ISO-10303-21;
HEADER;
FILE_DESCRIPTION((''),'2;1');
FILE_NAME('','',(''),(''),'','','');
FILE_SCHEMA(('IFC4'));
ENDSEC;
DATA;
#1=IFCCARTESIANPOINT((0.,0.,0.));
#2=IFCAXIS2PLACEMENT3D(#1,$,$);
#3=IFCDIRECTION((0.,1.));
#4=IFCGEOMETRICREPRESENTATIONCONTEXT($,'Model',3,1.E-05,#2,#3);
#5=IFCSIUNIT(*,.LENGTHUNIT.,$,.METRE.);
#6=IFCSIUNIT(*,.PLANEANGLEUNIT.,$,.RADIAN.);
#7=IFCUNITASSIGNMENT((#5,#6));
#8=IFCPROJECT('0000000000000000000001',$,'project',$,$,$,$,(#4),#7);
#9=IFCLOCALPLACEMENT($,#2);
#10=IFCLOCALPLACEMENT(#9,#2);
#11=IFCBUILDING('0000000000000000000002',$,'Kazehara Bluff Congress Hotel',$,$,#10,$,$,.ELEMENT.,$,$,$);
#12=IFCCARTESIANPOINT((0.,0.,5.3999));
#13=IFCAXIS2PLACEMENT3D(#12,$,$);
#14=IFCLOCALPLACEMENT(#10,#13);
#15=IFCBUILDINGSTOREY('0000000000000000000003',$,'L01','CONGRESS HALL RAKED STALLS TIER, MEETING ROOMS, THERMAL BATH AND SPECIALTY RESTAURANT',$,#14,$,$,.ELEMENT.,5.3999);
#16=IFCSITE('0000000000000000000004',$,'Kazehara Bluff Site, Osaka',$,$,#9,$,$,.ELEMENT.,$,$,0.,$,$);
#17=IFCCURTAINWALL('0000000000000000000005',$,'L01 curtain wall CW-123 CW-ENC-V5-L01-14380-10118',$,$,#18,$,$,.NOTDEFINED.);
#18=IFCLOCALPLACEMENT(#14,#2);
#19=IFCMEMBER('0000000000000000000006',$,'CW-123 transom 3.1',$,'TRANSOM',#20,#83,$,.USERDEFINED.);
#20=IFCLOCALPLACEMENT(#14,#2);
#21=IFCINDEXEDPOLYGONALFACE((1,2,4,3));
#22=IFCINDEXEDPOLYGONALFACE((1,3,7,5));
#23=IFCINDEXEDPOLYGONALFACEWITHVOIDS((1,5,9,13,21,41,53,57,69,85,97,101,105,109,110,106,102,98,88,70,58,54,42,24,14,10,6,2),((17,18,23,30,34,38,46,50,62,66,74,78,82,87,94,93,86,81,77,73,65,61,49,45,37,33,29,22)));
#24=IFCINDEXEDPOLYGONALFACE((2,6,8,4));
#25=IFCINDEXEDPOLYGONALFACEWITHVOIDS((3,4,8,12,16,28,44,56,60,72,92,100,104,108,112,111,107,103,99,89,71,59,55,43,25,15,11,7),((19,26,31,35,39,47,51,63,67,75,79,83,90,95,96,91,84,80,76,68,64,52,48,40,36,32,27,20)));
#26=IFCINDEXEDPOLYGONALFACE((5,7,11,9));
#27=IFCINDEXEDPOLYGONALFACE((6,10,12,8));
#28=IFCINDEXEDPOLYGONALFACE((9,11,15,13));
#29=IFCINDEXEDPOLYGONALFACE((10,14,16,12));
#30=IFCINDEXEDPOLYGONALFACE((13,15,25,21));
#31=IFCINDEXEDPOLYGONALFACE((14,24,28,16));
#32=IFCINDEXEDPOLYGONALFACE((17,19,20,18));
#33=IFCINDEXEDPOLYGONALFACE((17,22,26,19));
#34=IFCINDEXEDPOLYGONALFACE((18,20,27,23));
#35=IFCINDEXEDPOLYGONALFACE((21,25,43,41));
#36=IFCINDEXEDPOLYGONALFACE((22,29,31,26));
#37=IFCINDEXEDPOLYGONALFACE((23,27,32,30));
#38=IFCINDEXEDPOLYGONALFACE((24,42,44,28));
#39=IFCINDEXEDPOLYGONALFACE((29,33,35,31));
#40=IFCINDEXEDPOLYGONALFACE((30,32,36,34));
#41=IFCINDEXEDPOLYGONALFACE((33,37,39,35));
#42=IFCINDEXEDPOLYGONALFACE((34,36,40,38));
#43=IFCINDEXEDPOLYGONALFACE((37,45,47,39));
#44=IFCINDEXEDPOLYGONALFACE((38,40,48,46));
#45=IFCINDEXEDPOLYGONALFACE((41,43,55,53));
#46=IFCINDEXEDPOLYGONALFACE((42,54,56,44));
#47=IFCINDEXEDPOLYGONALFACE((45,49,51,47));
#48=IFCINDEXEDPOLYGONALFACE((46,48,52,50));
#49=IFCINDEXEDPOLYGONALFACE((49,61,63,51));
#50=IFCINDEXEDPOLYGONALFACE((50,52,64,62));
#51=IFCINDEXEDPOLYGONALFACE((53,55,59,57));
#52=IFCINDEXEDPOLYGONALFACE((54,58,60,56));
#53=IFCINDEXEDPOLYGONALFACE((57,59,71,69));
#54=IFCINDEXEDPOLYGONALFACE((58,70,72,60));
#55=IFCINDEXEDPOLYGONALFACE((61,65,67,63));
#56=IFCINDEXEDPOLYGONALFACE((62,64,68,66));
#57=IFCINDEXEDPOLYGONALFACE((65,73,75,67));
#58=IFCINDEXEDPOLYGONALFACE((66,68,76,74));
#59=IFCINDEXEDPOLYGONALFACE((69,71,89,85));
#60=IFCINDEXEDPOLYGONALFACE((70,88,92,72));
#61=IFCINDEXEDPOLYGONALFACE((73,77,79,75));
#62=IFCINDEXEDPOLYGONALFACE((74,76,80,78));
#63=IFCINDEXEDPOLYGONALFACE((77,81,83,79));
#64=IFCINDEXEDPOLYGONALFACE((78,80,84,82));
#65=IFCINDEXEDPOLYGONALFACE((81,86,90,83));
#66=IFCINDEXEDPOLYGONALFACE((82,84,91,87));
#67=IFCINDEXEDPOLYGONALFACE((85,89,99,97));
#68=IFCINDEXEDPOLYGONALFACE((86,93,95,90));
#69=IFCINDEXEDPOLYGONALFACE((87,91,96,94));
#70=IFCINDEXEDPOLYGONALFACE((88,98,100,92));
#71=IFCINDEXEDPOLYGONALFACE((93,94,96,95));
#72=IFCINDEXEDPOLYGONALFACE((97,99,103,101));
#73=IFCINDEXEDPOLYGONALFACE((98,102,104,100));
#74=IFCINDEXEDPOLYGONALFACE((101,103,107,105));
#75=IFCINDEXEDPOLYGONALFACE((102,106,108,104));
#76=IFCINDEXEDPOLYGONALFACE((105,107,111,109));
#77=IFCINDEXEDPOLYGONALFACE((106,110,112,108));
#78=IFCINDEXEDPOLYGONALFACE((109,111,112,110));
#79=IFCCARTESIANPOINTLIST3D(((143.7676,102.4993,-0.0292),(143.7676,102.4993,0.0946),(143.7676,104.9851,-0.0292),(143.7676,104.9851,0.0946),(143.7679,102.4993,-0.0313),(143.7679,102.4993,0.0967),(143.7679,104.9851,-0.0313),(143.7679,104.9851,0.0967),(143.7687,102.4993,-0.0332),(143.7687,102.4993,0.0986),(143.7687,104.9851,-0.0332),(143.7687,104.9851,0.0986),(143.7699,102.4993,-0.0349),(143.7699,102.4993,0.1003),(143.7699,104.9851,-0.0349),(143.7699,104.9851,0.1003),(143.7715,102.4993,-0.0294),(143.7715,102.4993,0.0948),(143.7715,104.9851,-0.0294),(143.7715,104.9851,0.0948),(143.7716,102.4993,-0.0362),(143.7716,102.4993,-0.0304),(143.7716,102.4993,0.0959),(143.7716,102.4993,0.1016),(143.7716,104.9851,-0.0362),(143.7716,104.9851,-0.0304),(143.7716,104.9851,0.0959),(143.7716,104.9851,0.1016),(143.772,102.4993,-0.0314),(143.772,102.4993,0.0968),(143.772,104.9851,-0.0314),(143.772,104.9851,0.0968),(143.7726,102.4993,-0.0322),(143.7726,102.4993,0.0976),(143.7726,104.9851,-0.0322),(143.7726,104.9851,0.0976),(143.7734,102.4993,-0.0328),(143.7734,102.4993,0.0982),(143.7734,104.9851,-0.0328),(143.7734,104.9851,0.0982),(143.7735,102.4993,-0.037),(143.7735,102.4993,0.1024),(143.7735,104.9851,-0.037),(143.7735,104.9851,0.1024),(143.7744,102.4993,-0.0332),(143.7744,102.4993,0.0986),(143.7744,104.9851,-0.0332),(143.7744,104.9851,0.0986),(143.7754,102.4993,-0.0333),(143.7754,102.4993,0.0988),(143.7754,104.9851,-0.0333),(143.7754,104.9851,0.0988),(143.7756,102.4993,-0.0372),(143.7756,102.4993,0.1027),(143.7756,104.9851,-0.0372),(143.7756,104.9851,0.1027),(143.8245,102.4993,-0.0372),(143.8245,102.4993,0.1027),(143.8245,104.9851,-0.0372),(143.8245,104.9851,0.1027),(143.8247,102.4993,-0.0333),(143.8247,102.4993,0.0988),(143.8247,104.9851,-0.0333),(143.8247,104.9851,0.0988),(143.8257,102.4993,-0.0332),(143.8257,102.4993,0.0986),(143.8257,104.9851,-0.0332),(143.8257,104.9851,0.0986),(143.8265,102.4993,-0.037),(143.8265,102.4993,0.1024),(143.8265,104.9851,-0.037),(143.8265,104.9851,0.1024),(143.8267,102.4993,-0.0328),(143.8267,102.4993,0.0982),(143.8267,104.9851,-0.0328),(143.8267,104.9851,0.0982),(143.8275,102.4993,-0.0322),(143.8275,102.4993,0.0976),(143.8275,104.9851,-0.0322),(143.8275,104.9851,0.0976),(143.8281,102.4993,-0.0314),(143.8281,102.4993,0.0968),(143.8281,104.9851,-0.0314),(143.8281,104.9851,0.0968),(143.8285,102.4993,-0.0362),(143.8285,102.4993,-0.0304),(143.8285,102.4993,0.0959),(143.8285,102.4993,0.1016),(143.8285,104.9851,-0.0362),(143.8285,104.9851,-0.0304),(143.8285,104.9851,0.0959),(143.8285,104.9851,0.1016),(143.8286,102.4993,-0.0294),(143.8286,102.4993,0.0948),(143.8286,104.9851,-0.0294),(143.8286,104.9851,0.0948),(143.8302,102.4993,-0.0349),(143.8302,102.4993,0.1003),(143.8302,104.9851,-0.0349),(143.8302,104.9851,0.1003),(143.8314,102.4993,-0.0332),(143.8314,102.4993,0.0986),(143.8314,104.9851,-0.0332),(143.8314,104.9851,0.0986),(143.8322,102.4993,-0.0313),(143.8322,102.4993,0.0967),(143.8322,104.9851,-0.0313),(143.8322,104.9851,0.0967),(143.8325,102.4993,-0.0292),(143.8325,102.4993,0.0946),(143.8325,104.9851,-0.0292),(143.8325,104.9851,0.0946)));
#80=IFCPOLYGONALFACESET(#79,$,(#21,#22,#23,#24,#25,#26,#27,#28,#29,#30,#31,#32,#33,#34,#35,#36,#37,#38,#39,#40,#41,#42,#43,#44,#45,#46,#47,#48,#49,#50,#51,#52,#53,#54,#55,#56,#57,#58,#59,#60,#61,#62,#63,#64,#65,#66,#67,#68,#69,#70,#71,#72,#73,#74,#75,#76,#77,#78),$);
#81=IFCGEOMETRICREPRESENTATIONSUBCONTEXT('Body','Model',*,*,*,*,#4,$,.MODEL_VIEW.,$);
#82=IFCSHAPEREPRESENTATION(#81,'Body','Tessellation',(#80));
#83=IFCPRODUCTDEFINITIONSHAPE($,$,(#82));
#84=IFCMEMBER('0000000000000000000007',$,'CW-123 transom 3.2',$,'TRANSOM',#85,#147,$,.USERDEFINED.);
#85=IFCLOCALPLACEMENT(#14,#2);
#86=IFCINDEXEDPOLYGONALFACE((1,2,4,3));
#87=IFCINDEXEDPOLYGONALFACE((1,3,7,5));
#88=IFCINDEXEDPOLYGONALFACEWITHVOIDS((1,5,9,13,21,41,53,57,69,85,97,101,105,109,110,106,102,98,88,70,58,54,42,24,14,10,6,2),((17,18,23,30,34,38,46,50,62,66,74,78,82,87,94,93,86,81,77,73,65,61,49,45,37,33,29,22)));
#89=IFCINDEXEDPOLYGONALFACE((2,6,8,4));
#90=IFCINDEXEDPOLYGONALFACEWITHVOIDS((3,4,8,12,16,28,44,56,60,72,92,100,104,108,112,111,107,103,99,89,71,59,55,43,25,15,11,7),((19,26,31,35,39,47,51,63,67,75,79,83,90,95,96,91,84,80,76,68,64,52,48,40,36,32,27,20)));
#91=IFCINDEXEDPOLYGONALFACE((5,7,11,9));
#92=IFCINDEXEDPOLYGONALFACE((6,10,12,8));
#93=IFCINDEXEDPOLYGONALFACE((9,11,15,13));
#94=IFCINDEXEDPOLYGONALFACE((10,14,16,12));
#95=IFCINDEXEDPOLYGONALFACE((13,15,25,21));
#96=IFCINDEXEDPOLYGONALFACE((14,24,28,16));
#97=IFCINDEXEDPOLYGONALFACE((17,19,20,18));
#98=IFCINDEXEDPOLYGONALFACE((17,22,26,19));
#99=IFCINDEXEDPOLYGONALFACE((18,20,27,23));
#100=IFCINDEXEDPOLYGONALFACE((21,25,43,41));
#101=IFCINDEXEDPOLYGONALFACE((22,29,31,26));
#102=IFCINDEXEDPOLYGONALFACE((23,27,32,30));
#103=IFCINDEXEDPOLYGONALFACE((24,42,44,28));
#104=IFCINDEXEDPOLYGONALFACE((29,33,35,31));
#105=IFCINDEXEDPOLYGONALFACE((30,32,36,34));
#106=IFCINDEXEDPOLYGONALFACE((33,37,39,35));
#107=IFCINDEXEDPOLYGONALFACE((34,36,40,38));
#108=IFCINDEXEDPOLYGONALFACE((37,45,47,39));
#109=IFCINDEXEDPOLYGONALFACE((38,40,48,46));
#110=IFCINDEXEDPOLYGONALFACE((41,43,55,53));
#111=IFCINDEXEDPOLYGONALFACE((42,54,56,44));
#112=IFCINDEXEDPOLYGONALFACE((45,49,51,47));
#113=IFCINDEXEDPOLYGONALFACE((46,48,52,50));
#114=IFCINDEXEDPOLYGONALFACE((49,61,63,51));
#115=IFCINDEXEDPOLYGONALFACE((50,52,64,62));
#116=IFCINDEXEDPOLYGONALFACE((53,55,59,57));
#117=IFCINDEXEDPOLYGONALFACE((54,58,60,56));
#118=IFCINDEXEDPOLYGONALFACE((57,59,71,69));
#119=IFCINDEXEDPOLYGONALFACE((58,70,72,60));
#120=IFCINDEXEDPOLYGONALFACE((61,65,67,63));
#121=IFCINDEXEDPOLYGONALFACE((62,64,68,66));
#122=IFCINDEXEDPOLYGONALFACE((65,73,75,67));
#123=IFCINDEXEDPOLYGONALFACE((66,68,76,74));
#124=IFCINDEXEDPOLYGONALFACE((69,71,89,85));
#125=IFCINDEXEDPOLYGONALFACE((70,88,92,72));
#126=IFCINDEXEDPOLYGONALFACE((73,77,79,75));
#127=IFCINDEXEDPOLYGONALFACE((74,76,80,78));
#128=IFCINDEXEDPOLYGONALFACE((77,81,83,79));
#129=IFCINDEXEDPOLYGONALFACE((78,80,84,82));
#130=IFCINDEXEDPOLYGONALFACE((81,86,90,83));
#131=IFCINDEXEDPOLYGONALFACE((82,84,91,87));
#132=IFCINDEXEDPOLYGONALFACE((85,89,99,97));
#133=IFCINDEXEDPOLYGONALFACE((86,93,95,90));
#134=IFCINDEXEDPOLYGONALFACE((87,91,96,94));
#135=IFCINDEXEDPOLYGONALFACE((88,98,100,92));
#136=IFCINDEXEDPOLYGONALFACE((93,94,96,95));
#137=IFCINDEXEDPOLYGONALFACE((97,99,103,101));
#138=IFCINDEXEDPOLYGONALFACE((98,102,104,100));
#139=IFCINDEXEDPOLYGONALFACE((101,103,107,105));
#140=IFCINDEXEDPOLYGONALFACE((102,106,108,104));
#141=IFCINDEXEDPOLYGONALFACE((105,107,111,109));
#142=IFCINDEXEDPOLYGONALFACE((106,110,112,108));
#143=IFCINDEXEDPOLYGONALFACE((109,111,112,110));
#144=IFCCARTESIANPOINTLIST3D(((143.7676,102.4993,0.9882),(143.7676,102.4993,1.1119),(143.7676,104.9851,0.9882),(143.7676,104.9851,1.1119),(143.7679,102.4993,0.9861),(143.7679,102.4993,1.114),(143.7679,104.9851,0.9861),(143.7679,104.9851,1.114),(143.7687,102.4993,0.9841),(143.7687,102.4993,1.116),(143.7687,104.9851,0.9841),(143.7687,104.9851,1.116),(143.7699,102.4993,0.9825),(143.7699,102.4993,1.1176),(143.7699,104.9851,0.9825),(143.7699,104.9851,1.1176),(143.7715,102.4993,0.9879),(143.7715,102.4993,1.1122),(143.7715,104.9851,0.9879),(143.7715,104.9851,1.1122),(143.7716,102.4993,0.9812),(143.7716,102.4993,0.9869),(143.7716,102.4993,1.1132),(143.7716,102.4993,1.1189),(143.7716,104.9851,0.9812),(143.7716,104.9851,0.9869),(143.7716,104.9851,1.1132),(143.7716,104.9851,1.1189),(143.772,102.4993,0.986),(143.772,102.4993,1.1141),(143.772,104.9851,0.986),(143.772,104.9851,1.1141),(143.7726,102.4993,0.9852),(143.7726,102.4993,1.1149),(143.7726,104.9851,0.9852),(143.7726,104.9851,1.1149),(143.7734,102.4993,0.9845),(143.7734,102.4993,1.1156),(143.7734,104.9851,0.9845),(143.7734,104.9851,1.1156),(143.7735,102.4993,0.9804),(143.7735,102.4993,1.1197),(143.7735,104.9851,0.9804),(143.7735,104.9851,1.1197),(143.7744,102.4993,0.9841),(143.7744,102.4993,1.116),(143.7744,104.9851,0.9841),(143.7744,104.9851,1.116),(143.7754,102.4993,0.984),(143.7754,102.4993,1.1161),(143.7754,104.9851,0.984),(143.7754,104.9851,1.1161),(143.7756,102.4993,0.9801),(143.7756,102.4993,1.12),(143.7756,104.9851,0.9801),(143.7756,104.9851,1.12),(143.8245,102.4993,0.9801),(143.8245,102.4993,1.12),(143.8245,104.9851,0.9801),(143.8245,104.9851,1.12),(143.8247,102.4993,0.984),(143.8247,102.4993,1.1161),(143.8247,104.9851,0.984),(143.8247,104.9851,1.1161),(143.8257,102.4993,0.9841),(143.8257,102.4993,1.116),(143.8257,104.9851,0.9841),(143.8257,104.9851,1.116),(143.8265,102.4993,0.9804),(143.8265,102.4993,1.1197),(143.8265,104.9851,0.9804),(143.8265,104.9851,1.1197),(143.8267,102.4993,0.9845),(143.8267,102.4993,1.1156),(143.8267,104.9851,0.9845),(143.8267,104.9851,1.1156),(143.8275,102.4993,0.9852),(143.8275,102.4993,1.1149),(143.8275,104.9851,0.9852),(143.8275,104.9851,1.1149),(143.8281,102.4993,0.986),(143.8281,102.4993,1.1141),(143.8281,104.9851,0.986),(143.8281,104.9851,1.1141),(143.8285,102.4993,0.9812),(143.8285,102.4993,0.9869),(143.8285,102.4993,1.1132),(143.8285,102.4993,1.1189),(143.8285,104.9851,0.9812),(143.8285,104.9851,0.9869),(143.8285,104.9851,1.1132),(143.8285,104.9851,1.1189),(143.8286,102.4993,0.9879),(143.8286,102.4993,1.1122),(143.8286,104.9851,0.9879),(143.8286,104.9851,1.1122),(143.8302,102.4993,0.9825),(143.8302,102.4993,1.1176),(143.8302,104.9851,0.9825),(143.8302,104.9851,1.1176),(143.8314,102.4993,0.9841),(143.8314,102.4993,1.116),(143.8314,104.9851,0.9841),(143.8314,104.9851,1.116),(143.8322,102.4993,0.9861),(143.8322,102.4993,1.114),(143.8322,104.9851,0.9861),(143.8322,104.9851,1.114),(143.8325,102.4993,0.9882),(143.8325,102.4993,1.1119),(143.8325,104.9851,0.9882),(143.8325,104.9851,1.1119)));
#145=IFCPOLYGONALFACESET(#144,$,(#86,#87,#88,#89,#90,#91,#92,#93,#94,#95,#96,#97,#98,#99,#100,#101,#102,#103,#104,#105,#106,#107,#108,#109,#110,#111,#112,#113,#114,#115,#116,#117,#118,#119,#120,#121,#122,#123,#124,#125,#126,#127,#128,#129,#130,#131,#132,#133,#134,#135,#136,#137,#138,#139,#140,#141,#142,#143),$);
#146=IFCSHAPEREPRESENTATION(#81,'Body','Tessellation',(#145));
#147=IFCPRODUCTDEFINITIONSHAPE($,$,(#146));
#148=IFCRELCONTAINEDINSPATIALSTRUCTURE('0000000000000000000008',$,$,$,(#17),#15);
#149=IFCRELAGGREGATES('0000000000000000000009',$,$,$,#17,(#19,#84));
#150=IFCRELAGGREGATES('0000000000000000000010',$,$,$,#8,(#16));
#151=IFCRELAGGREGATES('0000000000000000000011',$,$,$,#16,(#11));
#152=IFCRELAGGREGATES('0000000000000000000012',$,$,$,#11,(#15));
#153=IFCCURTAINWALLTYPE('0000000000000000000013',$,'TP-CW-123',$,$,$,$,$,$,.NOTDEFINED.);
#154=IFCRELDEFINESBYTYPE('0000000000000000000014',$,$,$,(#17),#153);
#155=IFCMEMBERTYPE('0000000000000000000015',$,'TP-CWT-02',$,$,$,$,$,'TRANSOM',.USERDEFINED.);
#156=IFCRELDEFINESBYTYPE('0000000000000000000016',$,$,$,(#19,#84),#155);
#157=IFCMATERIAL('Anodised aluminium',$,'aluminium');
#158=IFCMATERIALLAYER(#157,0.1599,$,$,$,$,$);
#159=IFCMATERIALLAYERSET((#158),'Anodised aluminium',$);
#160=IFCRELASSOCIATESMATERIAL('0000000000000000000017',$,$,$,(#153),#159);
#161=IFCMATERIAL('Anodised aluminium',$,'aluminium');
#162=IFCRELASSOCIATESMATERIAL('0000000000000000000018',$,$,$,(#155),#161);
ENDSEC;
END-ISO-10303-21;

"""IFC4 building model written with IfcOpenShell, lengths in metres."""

from ifc_helpers import new_model, si_unit, direction, frame, origin, origin_2d, place, context, subcontext, project, spatial, hollow_rectangle, extrude, material, layer, layer_set, material_profile, profile_set, type_object, element, aggregate, save


model = new_model("IFC4")

# Units and contexts
model_context = context("Model", 3, precision=1e-05, world=origin(), true_north=direction((0.0, 1.0)))
body_context = subcontext(model_context, "Body", "Model", "MODEL_VIEW")
ifc_project = project(units=[si_unit("LENGTHUNIT", "METRE"), si_unit("PLANEANGLEUNIT", "RADIAN")], contexts=[model_context])

# Site, building, storey
site_placement = place(None, origin())
site = spatial("IfcSite", under=ifc_project, at=site_placement, Name="Kazehara Bluff Site, Osaka", CompositionType="ELEMENT", RefElevation=0.0)
building_placement = place(site_placement, origin())
building = spatial("IfcBuilding", under=site, at=building_placement, Name="Kazehara Bluff Congress Hotel", CompositionType="ELEMENT")
storey_placement = place(building_placement, frame((0.0, 0.0, 5.3999)))
storey = spatial("IfcBuildingStorey", under=building, at=storey_placement, Name="L01", Description="CONGRESS HALL RAKED STALLS TIER, MEETING ROOMS, THERMAL BATH AND SPECIALTY RESTAURANT", CompositionType="ELEMENT", Elevation=5.3999)

# Curtain wall
ifc_material_1 = material(Name="Anodised aluminium", Category="aluminium")
ifc_layer_1 = layer(ifc_material_1, 0.1599)
ifc_layer_set_1 = layer_set([ifc_layer_1], Name="Anodised aluminium")
curtain_wall_type_1 = type_object("IfcCurtainWallType", Name="TP-CW-123", PredefinedType="NOTDEFINED", material=ifc_layer_set_1)
curtain_wall_1_placement = place(storey_placement, origin())
curtain_wall_1 = element("IfcCurtainWall", 1, at=curtain_wall_1_placement, inside=storey, type_object=curtain_wall_type_1, Name="L01 curtain wall CW-123 CW-ENC-V5-L01-14380-10118", PredefinedType="NOTDEFINED")

# Members
ifc_material_2 = material(Name="Anodised aluminium", Category="aluminium")
ifc_material_profile_1 = material_profile(ifc_material_2, hollow_rectangle(XDim=0.0649, YDim=0.1399, WallThickness=0.0039, InnerFilletRadius=0.0039, OuterFilletRadius=0.0081, at=origin_2d()))
ifc_profile_set_1 = profile_set([ifc_material_profile_1], Name="Anodised aluminium")
member_type_1 = type_object("IfcMemberType", Name="TP-CWT-02", ElementType="TRANSOM", PredefinedType="USERDEFINED", material=ifc_profile_set_1)
member_1_placement = place(storey_placement, frame((143.8, 102.4993, 0.0327), z_axis=(0.0, 1.0, 0.0), x_axis=(-1.0, 0.0, 0.0)))
member_1 = element("IfcMember", 2, at=member_1_placement, type_object=member_type_1, Name="CW-123 transom 3.1", ObjectType="TRANSOM", PredefinedType="USERDEFINED", context=body_context, shape_type="SweptSolid", body=[
    extrude(hollow_rectangle(XDim=0.0649, YDim=0.1399, WallThickness=0.0039, InnerFilletRadius=0.0039, OuterFilletRadius=0.0081, at=origin_2d()), origin(), (0.0, 0.0, 1.0), 2.4858),
])
member_2_placement = place(storey_placement, frame((143.8, 102.4993, 1.05), z_axis=(0.0, 1.0, 0.0), x_axis=(-1.0, 0.0, 0.0)))
member_2 = element("IfcMember", 3, at=member_2_placement, type_object=member_type_1, Name="CW-123 transom 3.2", ObjectType="TRANSOM", PredefinedType="USERDEFINED", context=body_context, shape_type="SweptSolid", body=[
    extrude(hollow_rectangle(XDim=0.0649, YDim=0.1399, WallThickness=0.0039, InnerFilletRadius=0.0039, OuterFilletRadius=0.0081, at=origin_2d()), origin(), (0.0, 0.0, 1.0), 2.4858),
])

aggregate(curtain_wall_1, [member_1, member_2])

save(model, "model.ifc")
